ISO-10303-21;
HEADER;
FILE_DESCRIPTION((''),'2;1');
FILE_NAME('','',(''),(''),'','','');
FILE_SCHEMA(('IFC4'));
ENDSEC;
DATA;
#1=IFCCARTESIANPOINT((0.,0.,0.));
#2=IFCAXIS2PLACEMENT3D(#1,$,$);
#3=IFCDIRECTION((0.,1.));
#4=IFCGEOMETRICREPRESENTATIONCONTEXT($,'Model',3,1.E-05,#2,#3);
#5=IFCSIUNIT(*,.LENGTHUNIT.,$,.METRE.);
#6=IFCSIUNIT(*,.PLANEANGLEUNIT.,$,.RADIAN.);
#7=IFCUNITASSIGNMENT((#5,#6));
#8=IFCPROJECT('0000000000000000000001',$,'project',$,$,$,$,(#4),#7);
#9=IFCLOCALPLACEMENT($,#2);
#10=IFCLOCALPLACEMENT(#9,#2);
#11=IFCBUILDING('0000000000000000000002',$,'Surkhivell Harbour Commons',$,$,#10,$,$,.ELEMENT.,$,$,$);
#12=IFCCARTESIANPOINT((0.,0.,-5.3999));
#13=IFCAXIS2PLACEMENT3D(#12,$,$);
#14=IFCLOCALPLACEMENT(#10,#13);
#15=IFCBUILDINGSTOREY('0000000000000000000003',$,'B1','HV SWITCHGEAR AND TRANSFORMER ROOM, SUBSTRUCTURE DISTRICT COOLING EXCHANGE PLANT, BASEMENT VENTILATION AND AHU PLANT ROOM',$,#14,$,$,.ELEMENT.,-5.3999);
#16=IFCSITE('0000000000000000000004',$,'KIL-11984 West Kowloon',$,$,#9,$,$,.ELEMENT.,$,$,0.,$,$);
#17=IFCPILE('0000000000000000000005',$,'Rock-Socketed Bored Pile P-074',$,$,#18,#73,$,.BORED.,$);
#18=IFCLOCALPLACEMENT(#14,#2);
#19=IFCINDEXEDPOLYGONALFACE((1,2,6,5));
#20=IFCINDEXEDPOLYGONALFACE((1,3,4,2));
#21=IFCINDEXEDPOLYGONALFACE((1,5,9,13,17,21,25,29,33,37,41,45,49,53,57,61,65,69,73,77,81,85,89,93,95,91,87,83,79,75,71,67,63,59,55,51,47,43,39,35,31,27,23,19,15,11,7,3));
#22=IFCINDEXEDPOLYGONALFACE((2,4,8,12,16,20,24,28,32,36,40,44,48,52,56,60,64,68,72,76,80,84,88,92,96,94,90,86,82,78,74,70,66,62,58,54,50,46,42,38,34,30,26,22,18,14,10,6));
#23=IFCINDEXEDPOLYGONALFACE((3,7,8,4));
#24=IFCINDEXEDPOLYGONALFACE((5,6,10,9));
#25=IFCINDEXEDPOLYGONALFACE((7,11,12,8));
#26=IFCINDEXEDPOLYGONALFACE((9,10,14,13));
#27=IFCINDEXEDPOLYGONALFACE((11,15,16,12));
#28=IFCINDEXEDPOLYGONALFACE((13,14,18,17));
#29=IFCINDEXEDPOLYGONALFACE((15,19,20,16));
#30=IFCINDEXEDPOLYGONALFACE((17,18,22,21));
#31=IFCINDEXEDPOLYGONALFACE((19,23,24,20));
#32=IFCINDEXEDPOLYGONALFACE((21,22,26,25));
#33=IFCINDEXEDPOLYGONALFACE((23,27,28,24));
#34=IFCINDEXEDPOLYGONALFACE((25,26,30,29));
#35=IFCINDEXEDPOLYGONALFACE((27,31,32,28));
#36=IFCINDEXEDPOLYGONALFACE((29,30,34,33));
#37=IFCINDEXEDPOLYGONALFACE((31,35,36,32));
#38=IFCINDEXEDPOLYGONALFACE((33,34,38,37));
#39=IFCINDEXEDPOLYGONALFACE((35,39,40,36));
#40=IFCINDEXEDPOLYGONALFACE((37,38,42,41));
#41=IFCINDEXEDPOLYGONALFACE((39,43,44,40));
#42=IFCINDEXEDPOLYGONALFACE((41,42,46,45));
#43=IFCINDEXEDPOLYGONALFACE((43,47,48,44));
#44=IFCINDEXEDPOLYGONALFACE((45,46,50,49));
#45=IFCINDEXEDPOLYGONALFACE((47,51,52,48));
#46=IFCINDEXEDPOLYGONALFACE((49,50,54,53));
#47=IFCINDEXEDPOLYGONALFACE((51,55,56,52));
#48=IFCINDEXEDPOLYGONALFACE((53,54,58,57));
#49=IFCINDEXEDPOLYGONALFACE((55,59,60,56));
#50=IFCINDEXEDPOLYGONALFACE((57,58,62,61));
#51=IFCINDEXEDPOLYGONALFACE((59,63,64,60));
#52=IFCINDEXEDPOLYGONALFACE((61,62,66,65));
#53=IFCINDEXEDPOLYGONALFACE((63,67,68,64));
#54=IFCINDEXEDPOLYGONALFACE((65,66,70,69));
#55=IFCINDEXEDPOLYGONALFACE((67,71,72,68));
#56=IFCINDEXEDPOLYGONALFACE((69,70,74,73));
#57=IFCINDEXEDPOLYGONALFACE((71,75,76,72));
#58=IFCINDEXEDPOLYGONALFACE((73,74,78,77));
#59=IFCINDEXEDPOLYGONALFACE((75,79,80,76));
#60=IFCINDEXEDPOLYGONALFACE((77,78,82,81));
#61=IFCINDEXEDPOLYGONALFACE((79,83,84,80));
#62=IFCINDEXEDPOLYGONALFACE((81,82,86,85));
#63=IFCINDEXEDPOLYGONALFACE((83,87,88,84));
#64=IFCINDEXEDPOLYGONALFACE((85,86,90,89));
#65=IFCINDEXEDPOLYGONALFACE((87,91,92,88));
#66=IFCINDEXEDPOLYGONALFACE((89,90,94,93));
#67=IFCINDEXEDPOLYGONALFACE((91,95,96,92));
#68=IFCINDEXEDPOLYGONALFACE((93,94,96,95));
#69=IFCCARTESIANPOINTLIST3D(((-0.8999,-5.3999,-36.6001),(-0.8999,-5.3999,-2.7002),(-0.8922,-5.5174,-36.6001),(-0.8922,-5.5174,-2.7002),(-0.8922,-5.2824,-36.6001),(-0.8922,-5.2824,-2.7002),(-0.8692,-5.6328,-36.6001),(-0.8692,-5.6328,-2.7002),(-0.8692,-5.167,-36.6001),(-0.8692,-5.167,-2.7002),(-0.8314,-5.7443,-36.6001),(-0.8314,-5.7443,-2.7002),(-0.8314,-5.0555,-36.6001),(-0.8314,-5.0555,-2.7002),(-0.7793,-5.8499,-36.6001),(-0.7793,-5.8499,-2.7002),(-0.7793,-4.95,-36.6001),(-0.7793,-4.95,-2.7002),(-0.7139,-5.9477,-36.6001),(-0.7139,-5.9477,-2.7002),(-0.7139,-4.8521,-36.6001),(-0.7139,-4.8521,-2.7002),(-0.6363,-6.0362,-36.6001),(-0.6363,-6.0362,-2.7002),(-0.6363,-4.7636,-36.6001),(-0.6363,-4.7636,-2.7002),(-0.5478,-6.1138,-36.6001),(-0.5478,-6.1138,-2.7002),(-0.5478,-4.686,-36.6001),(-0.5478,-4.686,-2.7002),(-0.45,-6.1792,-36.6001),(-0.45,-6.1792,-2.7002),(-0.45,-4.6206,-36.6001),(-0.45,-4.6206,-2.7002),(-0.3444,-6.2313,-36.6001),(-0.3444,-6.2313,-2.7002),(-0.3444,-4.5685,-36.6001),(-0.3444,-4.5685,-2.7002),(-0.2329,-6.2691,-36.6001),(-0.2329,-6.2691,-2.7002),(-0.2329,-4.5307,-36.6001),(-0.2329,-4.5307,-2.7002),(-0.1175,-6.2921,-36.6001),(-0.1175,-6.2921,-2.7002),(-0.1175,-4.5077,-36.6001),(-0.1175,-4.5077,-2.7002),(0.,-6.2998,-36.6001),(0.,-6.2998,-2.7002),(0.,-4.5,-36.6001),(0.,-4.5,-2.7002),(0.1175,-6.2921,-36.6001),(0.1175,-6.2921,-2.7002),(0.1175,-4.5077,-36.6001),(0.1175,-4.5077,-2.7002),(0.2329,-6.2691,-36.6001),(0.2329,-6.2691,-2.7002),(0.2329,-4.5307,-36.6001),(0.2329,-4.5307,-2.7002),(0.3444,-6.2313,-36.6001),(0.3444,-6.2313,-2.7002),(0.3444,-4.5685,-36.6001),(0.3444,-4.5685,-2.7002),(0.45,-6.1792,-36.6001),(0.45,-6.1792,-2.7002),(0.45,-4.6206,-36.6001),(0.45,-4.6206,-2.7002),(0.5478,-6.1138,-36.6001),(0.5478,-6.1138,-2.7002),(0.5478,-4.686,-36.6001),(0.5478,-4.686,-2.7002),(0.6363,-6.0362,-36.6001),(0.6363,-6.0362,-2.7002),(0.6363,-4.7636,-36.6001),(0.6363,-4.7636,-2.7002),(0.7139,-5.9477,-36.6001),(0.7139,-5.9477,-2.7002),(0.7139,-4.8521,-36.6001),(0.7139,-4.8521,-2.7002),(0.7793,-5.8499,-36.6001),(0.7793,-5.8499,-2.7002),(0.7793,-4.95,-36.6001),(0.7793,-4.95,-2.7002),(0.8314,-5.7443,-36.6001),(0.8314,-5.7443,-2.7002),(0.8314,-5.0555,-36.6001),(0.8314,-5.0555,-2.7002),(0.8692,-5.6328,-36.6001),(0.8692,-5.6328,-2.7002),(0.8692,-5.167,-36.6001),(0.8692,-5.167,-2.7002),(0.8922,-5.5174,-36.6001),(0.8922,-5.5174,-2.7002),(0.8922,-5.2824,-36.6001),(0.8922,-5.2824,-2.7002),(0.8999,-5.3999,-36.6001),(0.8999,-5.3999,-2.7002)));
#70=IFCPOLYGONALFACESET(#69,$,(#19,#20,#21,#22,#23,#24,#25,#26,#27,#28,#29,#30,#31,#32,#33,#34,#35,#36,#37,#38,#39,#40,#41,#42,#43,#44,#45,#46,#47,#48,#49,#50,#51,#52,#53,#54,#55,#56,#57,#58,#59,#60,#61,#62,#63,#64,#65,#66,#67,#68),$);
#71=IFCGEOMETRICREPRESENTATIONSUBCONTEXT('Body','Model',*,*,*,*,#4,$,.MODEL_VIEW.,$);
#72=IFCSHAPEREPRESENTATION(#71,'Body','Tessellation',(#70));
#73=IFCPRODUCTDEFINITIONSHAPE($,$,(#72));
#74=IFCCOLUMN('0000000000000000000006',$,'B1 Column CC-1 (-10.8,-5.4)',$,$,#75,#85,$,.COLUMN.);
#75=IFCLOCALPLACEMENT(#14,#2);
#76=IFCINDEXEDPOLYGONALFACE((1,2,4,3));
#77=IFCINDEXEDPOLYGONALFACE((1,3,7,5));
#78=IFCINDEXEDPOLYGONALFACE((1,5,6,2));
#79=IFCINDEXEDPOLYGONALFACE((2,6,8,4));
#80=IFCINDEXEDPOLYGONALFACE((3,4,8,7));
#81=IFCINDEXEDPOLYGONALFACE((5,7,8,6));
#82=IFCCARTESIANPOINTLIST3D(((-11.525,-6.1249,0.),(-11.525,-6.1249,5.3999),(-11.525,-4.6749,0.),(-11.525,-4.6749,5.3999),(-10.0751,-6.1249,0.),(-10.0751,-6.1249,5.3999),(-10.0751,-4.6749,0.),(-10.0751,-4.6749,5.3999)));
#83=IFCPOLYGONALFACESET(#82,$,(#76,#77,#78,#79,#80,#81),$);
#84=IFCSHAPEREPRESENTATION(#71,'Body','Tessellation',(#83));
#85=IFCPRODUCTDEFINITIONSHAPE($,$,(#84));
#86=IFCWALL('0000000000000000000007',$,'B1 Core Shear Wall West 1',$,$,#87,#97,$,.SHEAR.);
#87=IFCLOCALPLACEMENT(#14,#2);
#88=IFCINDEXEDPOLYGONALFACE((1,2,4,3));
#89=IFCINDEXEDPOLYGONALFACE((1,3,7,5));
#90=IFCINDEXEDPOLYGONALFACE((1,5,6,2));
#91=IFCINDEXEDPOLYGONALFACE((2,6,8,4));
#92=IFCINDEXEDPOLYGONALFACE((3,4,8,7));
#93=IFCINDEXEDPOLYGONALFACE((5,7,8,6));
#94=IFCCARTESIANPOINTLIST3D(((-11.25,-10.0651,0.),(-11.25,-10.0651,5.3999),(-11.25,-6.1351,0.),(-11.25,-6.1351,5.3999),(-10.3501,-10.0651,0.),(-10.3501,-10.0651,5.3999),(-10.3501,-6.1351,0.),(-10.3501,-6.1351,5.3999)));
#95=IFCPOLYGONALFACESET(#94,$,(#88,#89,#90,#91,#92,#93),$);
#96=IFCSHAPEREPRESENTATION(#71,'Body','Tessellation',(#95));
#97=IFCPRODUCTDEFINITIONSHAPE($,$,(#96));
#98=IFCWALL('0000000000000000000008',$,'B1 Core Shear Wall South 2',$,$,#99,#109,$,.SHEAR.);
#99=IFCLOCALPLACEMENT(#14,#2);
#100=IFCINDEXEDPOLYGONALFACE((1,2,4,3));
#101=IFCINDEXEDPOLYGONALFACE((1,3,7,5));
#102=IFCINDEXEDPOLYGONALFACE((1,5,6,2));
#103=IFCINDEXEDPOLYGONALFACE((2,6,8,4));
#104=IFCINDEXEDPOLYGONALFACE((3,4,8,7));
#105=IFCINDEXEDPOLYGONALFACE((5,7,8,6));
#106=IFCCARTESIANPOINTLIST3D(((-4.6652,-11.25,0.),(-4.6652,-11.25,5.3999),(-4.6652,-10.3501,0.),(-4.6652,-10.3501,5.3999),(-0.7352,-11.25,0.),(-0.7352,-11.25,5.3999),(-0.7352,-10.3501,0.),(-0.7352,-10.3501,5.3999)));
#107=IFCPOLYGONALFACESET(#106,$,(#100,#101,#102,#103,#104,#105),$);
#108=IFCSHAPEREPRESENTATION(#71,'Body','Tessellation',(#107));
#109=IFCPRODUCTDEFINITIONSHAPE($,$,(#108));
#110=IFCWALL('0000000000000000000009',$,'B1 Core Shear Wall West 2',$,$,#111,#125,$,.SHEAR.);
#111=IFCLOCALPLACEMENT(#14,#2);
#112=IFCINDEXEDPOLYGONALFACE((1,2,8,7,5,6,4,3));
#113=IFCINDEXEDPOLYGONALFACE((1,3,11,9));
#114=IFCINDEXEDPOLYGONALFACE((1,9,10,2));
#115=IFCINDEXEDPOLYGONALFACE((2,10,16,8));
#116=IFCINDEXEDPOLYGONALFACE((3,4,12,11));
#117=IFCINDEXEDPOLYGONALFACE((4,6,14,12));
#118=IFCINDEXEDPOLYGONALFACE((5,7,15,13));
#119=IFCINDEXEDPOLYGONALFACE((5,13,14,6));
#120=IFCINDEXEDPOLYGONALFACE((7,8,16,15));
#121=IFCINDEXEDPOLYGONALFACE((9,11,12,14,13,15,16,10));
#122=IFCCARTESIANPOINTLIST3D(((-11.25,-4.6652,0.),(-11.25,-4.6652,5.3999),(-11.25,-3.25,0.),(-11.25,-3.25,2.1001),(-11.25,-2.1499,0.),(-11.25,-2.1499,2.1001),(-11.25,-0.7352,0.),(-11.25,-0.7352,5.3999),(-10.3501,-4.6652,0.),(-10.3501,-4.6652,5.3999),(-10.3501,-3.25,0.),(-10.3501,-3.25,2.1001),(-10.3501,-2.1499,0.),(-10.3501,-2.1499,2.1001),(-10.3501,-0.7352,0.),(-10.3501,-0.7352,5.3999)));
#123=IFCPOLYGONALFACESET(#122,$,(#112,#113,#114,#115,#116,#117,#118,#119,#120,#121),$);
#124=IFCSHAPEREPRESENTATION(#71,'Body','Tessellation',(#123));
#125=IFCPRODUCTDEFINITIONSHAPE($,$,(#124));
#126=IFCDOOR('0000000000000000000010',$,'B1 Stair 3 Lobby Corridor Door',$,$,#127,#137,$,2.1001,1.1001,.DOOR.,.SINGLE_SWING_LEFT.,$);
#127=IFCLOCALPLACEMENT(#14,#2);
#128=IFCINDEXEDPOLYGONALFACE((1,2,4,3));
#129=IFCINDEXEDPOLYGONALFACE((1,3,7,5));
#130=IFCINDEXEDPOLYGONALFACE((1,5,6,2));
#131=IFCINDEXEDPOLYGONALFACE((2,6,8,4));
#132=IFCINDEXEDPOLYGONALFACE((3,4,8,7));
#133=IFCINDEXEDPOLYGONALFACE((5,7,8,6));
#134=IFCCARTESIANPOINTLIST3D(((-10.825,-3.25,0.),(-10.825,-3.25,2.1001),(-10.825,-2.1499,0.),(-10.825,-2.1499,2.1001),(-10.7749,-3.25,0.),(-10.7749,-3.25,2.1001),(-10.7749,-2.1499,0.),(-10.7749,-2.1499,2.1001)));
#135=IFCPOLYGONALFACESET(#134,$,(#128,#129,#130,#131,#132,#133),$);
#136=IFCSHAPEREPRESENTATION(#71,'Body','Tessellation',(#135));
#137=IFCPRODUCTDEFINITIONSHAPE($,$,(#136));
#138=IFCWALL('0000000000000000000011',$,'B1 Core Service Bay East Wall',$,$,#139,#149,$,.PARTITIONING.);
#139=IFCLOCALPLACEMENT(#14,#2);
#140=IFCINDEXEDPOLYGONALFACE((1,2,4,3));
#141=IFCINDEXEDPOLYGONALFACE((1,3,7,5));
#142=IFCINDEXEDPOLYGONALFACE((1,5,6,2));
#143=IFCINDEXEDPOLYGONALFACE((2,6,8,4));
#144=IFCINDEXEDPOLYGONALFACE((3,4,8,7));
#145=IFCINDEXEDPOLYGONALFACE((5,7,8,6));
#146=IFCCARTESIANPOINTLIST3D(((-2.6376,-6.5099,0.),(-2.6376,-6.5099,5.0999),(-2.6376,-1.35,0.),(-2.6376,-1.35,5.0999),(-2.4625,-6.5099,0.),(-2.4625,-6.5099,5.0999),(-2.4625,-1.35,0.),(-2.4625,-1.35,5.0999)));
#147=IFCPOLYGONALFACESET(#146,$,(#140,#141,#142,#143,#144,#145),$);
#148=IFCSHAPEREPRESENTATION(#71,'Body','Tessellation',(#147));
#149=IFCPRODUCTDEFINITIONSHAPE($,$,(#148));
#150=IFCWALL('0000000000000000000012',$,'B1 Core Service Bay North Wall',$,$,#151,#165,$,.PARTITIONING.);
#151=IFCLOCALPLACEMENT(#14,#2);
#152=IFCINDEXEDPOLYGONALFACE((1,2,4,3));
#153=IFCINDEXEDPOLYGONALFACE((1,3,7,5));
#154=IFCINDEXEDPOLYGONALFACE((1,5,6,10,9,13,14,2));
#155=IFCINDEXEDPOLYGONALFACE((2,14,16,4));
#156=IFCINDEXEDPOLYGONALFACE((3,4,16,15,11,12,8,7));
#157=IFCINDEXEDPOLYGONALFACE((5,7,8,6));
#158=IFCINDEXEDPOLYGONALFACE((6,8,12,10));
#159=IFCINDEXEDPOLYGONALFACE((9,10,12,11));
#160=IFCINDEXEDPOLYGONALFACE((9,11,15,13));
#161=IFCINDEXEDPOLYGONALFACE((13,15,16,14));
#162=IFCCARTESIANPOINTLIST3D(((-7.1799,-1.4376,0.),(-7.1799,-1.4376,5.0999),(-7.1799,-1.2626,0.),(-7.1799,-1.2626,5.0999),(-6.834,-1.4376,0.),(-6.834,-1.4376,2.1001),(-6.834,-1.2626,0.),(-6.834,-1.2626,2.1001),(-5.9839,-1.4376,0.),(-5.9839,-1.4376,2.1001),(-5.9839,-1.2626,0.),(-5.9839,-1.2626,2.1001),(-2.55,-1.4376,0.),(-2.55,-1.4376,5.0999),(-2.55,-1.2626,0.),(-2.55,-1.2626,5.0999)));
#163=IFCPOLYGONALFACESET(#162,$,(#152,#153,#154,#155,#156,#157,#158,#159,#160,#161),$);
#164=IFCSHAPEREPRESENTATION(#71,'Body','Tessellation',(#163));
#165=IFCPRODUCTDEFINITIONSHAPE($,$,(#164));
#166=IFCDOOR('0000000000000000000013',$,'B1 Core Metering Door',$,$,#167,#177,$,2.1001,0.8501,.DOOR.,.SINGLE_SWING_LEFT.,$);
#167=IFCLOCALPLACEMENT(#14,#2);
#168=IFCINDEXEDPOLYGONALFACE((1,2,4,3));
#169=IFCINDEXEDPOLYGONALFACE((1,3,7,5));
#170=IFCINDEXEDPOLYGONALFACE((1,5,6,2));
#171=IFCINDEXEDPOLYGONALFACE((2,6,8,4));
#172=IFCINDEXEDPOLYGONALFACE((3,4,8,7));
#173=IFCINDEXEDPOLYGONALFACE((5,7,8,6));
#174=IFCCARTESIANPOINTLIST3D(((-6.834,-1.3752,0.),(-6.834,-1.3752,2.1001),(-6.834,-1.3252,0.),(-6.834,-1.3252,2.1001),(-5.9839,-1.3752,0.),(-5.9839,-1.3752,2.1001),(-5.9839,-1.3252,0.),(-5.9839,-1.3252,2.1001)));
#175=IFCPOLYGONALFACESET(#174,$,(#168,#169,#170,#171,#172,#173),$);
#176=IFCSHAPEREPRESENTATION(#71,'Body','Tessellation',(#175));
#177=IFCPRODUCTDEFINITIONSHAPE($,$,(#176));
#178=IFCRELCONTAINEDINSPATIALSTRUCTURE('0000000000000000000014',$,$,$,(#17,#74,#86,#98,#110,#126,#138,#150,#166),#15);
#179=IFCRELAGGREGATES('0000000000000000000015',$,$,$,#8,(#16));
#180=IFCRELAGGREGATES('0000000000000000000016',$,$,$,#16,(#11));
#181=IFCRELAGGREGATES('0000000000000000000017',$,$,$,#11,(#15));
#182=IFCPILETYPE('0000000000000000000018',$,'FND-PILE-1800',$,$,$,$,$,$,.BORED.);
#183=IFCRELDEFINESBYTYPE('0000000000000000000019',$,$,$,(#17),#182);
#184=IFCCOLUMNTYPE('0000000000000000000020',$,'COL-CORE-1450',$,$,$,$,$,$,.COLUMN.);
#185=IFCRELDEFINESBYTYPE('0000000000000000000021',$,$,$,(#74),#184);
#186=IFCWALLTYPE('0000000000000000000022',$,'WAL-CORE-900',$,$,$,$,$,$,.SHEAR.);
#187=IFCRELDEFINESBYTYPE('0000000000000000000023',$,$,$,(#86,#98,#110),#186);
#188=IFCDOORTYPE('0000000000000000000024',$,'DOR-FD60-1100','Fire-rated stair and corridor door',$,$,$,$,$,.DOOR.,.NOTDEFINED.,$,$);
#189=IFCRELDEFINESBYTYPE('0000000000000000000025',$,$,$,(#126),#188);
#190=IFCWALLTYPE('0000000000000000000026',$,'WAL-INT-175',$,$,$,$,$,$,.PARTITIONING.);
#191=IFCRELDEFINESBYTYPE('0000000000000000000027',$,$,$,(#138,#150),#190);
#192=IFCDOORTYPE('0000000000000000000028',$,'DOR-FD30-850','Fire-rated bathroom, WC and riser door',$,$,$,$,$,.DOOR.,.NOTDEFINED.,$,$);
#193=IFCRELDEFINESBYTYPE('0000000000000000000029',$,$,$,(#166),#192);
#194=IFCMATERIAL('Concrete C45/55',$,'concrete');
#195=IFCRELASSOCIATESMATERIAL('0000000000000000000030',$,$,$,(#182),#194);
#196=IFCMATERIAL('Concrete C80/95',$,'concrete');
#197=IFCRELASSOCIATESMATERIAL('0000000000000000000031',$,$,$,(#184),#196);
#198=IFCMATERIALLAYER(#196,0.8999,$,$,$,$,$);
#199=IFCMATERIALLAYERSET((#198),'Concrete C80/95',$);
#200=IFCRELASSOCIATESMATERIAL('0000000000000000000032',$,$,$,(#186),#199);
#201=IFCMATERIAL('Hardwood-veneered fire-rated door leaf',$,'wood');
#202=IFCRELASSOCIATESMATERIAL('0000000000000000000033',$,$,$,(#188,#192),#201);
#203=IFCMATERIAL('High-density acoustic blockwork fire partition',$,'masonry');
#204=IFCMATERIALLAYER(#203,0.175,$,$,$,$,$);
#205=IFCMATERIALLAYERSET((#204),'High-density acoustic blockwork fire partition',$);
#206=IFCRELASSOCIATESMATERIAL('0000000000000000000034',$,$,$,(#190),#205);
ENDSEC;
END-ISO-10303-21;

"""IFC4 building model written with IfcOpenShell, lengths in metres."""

from ifc_helpers import new_model, si_unit, direction, frame, frame_2d, origin, origin_2d, place, context, subcontext, project, spatial, rectangle, circle, extrude, material, layer, layer_set, material_profile, profile_set, type_object, element, fill, save


model = new_model("IFC4")

# Units and contexts
model_context = context("Model", 3, precision=1e-05, world=origin(), true_north=direction((0.0, 1.0)))
body_context = subcontext(model_context, "Body", "Model", "MODEL_VIEW")
ifc_project = project(units=[si_unit("LENGTHUNIT", "METRE"), si_unit("PLANEANGLEUNIT", "RADIAN")], contexts=[model_context])

# Site, building, storey
site_placement = place(None, origin())
site = spatial("IfcSite", under=ifc_project, at=site_placement, Name="KIL-11984 West Kowloon", CompositionType="ELEMENT", RefElevation=0.0)
building_placement = place(site_placement, origin())
building = spatial("IfcBuilding", under=site, at=building_placement, Name="Surkhivell Harbour Commons", CompositionType="ELEMENT")
storey_placement = place(building_placement, frame((0.0, 0.0, -5.3999)))
storey = spatial("IfcBuildingStorey", under=building, at=storey_placement, Name="B1", Description="HV SWITCHGEAR AND TRANSFORMER ROOM, SUBSTRUCTURE DISTRICT COOLING EXCHANGE PLANT, BASEMENT VENTILATION AND AHU PLANT ROOM", CompositionType="ELEMENT", Elevation=-5.3999)

# Pile
ifc_material_1 = material(Name="Concrete C45/55", Category="concrete")
ifc_material_profile_1 = material_profile(ifc_material_1, circle(Radius=0.8999, at=origin_2d()), Name="PILE-1800")
ifc_profile_set_1 = profile_set([ifc_material_profile_1], Name="Concrete C45/55")
pile_type_1 = type_object("IfcPileType", Name="FND-PILE-1800", PredefinedType="BORED", material=ifc_profile_set_1)
for number, where, z_axis, x_axis, name in (
    (1, (0.0, -5.3999, -2.7002), (0.0, 0.0, -1.0), (1.0, 0.0, 0.0), "Rock-Socketed Bored Pile P-074"),
):
    element("IfcPile", number, at=place(storey_placement, frame(where, z_axis=z_axis, x_axis=x_axis)), inside=storey, type_object=pile_type_1, Name=name, PredefinedType="BORED", context=body_context, shape_type="SweptSolid", body=[
        extrude(circle(Radius=0.8999, at=origin_2d()), origin(), (0.0, 0.0, 1.0), 33.8999),
    ])

# Column
ifc_material_2 = material(Name="Concrete C80/95", Category="concrete")
ifc_material_profile_2 = material_profile(ifc_material_2, rectangle(XDim=1.45, YDim=1.45, at=origin_2d()), Name="RC-COL-1450x1450")
ifc_profile_set_2 = profile_set([ifc_material_profile_2], Name="Concrete C80/95")
column_type = type_object("IfcColumnType", Name="COL-CORE-1450", PredefinedType="COLUMN", material=ifc_profile_set_2)
column_placement = place(storey_placement, frame((-10.8, -5.3999, 0.0), z_axis=(0.0, 0.0, 1.0), x_axis=(1.0, 0.0, 0.0)))
element("IfcColumn", 2, at=column_placement, inside=storey, type_object=column_type, Name="B1 Column CC-1 (-10.8,-5.4)", PredefinedType="COLUMN", context=body_context, shape_type="SweptSolid", body=[
    extrude(rectangle(XDim=1.45, YDim=1.45, at=origin_2d()), origin(), (0.0, 0.0, 1.0), 5.3999),
])

# Walls
ifc_layer_1 = layer(ifc_material_2, 0.8999)
ifc_layer_set_1 = layer_set([ifc_layer_1], Name="Concrete C80/95")
wall_type_1 = type_object("IfcWallType", Name="WAL-CORE-900", PredefinedType="SHEAR", material=ifc_layer_set_1)
for number, where, z_axis, x_axis, name in (
    (3, (-10.8, -10.0649, 0.0), (0.0, 0.0, 1.0), (0.0, 1.0, 0.0), "B1 Core Shear Wall West 1"),
    (4, (-4.665, -10.8, 0.0), (0.0, 0.0, 1.0), (1.0, 0.0, 0.0), "B1 Core Shear Wall South 2"),
):
    element("IfcWall", number, at=place(storey_placement, frame(where, z_axis=z_axis, x_axis=x_axis)), inside=storey, type_object=wall_type_1, Name=name, PredefinedType="SHEAR", context=body_context, shape_type="SweptSolid", body=[
        extrude(rectangle(XDim=3.9299, YDim=0.8999, at=frame_2d((1.9648, 0.0))), origin(), (0.0, 0.0, 1.0), 5.3999),
    ])

# Wall, opening, door
wall_1_placement = place(storey_placement, frame((-10.8, -4.665, 0.0), z_axis=(0.0, 0.0, 1.0), x_axis=(0.0, 1.0, 0.0)))
wall_1 = element("IfcWall", 5, at=wall_1_placement, inside=storey, type_object=wall_type_1, Name="B1 Core Shear Wall West 2", PredefinedType="SHEAR", context=body_context, shape_type="SweptSolid", body=[
    extrude(rectangle(XDim=3.9299, YDim=0.8999, at=frame_2d((1.9648, 0.0))), origin(), (0.0, 0.0, 1.0), 5.3999),
])
opening_1_placement = place(wall_1_placement, frame((1.415, 0.0, 0.0)))
opening_1 = element("IfcOpeningElement", 6, at=opening_1_placement, cuts=wall_1, PredefinedType="OPENING", context=body_context, shape_type="SweptSolid", body=[
    extrude(rectangle(XDim=1.1001, YDim=2.1001, at=frame_2d((0.55, 1.05))), frame((0.0, 0.46, 0.0), z_axis=(0.0, -1.0, 0.0), x_axis=(1.0, 0.0, 0.0)), (0.0, 0.0, 1.0), 0.9199),
])
ifc_material_3 = material(Name="Hardwood-veneered fire-rated door leaf", Category="wood")
door_type_1 = type_object("IfcDoorType", Name="DOR-FD60-1100", Description="Fire-rated stair and corridor door", OperationType="NOTDEFINED", PredefinedType="DOOR", material=ifc_material_3)
door_1_placement = place(opening_1_placement, origin())
door_1 = element("IfcDoor", 7, at=door_1_placement, inside=storey, type_object=door_type_1, Name="B1 Stair 3 Lobby Corridor Door", OperationType="SINGLE_SWING_LEFT", OverallHeight=2.1001, OverallWidth=1.1001, PredefinedType="DOOR", context=body_context, shape_type="SweptSolid", body=[
    extrude(rectangle(XDim=1.1001, YDim=2.1001, at=frame_2d((0.55, 1.05))), frame((0.0, 0.0249, 0.0), z_axis=(0.0, -1.0, 0.0), x_axis=(1.0, 0.0, 0.0)), (0.0, 0.0, 1.0), 0.05),
])
fill(opening_1, door_1)

# Wall
ifc_material_4 = material(Name="High-density acoustic blockwork fire partition", Category="masonry")
ifc_layer_2 = layer(ifc_material_4, 0.175)
ifc_layer_set_2 = layer_set([ifc_layer_2], Name="High-density acoustic blockwork fire partition")
wall_type_2 = type_object("IfcWallType", Name="WAL-INT-175", PredefinedType="PARTITIONING", material=ifc_layer_set_2)
wall_2_placement = place(storey_placement, frame((-2.55, -6.51, 0.0), z_axis=(0.0, 0.0, 1.0), x_axis=(0.0, 1.0, 0.0)))
element("IfcWall", 8, at=wall_2_placement, inside=storey, type_object=wall_type_2, Name="B1 Core Service Bay East Wall", PredefinedType="PARTITIONING", context=body_context, shape_type="SweptSolid", body=[
    extrude(rectangle(XDim=5.1599, YDim=0.175, at=frame_2d((2.5801, 0.0))), origin(), (0.0, 0.0, 1.0), 5.0999),
])

# Wall, opening, door
wall_3_placement = place(storey_placement, frame((-7.1799, -1.3501, 0.0), z_axis=(0.0, 0.0, 1.0), x_axis=(1.0, 0.0, 0.0)))
wall_3 = element("IfcWall", 9, at=wall_3_placement, inside=storey, type_object=wall_type_2, Name="B1 Core Service Bay North Wall", PredefinedType="PARTITIONING", context=body_context, shape_type="SweptSolid", body=[
    extrude(rectangle(XDim=4.6299, YDim=0.175, at=frame_2d((2.3149, 0.0))), origin(), (0.0, 0.0, 1.0), 5.0999),
])
opening_2_placement = place(wall_3_placement, frame((0.3459, 0.0, 0.0)))
opening_2 = element("IfcOpeningElement", 10, at=opening_2_placement, cuts=wall_3, PredefinedType="OPENING", context=body_context, shape_type="SweptSolid", body=[
    extrude(rectangle(XDim=0.8501, YDim=2.1001, at=frame_2d((0.425, 1.05))), frame((0.0, 0.0974, 0.0), z_axis=(0.0, -1.0, 0.0), x_axis=(1.0, 0.0, 0.0)), (0.0, 0.0, 1.0), 0.1951),
])
door_type_2 = type_object("IfcDoorType", Name="DOR-FD30-850", Description="Fire-rated bathroom, WC and riser door", OperationType="NOTDEFINED", PredefinedType="DOOR", material=ifc_material_3)
door_2_placement = place(opening_2_placement, origin())
door_2 = element("IfcDoor", 11, at=door_2_placement, inside=storey, type_object=door_type_2, Name="B1 Core Metering Door", OperationType="SINGLE_SWING_LEFT", OverallHeight=2.1001, OverallWidth=0.8501, PredefinedType="DOOR", context=body_context, shape_type="SweptSolid", body=[
    extrude(rectangle(XDim=0.8501, YDim=2.1001, at=frame_2d((0.425, 1.05))), frame((0.0, 0.0249, 0.0), z_axis=(0.0, -1.0, 0.0), x_axis=(1.0, 0.0, 0.0)), (0.0, 0.0, 1.0), 0.05),
])
fill(opening_2, door_2)

save(model, "model.ifc")
